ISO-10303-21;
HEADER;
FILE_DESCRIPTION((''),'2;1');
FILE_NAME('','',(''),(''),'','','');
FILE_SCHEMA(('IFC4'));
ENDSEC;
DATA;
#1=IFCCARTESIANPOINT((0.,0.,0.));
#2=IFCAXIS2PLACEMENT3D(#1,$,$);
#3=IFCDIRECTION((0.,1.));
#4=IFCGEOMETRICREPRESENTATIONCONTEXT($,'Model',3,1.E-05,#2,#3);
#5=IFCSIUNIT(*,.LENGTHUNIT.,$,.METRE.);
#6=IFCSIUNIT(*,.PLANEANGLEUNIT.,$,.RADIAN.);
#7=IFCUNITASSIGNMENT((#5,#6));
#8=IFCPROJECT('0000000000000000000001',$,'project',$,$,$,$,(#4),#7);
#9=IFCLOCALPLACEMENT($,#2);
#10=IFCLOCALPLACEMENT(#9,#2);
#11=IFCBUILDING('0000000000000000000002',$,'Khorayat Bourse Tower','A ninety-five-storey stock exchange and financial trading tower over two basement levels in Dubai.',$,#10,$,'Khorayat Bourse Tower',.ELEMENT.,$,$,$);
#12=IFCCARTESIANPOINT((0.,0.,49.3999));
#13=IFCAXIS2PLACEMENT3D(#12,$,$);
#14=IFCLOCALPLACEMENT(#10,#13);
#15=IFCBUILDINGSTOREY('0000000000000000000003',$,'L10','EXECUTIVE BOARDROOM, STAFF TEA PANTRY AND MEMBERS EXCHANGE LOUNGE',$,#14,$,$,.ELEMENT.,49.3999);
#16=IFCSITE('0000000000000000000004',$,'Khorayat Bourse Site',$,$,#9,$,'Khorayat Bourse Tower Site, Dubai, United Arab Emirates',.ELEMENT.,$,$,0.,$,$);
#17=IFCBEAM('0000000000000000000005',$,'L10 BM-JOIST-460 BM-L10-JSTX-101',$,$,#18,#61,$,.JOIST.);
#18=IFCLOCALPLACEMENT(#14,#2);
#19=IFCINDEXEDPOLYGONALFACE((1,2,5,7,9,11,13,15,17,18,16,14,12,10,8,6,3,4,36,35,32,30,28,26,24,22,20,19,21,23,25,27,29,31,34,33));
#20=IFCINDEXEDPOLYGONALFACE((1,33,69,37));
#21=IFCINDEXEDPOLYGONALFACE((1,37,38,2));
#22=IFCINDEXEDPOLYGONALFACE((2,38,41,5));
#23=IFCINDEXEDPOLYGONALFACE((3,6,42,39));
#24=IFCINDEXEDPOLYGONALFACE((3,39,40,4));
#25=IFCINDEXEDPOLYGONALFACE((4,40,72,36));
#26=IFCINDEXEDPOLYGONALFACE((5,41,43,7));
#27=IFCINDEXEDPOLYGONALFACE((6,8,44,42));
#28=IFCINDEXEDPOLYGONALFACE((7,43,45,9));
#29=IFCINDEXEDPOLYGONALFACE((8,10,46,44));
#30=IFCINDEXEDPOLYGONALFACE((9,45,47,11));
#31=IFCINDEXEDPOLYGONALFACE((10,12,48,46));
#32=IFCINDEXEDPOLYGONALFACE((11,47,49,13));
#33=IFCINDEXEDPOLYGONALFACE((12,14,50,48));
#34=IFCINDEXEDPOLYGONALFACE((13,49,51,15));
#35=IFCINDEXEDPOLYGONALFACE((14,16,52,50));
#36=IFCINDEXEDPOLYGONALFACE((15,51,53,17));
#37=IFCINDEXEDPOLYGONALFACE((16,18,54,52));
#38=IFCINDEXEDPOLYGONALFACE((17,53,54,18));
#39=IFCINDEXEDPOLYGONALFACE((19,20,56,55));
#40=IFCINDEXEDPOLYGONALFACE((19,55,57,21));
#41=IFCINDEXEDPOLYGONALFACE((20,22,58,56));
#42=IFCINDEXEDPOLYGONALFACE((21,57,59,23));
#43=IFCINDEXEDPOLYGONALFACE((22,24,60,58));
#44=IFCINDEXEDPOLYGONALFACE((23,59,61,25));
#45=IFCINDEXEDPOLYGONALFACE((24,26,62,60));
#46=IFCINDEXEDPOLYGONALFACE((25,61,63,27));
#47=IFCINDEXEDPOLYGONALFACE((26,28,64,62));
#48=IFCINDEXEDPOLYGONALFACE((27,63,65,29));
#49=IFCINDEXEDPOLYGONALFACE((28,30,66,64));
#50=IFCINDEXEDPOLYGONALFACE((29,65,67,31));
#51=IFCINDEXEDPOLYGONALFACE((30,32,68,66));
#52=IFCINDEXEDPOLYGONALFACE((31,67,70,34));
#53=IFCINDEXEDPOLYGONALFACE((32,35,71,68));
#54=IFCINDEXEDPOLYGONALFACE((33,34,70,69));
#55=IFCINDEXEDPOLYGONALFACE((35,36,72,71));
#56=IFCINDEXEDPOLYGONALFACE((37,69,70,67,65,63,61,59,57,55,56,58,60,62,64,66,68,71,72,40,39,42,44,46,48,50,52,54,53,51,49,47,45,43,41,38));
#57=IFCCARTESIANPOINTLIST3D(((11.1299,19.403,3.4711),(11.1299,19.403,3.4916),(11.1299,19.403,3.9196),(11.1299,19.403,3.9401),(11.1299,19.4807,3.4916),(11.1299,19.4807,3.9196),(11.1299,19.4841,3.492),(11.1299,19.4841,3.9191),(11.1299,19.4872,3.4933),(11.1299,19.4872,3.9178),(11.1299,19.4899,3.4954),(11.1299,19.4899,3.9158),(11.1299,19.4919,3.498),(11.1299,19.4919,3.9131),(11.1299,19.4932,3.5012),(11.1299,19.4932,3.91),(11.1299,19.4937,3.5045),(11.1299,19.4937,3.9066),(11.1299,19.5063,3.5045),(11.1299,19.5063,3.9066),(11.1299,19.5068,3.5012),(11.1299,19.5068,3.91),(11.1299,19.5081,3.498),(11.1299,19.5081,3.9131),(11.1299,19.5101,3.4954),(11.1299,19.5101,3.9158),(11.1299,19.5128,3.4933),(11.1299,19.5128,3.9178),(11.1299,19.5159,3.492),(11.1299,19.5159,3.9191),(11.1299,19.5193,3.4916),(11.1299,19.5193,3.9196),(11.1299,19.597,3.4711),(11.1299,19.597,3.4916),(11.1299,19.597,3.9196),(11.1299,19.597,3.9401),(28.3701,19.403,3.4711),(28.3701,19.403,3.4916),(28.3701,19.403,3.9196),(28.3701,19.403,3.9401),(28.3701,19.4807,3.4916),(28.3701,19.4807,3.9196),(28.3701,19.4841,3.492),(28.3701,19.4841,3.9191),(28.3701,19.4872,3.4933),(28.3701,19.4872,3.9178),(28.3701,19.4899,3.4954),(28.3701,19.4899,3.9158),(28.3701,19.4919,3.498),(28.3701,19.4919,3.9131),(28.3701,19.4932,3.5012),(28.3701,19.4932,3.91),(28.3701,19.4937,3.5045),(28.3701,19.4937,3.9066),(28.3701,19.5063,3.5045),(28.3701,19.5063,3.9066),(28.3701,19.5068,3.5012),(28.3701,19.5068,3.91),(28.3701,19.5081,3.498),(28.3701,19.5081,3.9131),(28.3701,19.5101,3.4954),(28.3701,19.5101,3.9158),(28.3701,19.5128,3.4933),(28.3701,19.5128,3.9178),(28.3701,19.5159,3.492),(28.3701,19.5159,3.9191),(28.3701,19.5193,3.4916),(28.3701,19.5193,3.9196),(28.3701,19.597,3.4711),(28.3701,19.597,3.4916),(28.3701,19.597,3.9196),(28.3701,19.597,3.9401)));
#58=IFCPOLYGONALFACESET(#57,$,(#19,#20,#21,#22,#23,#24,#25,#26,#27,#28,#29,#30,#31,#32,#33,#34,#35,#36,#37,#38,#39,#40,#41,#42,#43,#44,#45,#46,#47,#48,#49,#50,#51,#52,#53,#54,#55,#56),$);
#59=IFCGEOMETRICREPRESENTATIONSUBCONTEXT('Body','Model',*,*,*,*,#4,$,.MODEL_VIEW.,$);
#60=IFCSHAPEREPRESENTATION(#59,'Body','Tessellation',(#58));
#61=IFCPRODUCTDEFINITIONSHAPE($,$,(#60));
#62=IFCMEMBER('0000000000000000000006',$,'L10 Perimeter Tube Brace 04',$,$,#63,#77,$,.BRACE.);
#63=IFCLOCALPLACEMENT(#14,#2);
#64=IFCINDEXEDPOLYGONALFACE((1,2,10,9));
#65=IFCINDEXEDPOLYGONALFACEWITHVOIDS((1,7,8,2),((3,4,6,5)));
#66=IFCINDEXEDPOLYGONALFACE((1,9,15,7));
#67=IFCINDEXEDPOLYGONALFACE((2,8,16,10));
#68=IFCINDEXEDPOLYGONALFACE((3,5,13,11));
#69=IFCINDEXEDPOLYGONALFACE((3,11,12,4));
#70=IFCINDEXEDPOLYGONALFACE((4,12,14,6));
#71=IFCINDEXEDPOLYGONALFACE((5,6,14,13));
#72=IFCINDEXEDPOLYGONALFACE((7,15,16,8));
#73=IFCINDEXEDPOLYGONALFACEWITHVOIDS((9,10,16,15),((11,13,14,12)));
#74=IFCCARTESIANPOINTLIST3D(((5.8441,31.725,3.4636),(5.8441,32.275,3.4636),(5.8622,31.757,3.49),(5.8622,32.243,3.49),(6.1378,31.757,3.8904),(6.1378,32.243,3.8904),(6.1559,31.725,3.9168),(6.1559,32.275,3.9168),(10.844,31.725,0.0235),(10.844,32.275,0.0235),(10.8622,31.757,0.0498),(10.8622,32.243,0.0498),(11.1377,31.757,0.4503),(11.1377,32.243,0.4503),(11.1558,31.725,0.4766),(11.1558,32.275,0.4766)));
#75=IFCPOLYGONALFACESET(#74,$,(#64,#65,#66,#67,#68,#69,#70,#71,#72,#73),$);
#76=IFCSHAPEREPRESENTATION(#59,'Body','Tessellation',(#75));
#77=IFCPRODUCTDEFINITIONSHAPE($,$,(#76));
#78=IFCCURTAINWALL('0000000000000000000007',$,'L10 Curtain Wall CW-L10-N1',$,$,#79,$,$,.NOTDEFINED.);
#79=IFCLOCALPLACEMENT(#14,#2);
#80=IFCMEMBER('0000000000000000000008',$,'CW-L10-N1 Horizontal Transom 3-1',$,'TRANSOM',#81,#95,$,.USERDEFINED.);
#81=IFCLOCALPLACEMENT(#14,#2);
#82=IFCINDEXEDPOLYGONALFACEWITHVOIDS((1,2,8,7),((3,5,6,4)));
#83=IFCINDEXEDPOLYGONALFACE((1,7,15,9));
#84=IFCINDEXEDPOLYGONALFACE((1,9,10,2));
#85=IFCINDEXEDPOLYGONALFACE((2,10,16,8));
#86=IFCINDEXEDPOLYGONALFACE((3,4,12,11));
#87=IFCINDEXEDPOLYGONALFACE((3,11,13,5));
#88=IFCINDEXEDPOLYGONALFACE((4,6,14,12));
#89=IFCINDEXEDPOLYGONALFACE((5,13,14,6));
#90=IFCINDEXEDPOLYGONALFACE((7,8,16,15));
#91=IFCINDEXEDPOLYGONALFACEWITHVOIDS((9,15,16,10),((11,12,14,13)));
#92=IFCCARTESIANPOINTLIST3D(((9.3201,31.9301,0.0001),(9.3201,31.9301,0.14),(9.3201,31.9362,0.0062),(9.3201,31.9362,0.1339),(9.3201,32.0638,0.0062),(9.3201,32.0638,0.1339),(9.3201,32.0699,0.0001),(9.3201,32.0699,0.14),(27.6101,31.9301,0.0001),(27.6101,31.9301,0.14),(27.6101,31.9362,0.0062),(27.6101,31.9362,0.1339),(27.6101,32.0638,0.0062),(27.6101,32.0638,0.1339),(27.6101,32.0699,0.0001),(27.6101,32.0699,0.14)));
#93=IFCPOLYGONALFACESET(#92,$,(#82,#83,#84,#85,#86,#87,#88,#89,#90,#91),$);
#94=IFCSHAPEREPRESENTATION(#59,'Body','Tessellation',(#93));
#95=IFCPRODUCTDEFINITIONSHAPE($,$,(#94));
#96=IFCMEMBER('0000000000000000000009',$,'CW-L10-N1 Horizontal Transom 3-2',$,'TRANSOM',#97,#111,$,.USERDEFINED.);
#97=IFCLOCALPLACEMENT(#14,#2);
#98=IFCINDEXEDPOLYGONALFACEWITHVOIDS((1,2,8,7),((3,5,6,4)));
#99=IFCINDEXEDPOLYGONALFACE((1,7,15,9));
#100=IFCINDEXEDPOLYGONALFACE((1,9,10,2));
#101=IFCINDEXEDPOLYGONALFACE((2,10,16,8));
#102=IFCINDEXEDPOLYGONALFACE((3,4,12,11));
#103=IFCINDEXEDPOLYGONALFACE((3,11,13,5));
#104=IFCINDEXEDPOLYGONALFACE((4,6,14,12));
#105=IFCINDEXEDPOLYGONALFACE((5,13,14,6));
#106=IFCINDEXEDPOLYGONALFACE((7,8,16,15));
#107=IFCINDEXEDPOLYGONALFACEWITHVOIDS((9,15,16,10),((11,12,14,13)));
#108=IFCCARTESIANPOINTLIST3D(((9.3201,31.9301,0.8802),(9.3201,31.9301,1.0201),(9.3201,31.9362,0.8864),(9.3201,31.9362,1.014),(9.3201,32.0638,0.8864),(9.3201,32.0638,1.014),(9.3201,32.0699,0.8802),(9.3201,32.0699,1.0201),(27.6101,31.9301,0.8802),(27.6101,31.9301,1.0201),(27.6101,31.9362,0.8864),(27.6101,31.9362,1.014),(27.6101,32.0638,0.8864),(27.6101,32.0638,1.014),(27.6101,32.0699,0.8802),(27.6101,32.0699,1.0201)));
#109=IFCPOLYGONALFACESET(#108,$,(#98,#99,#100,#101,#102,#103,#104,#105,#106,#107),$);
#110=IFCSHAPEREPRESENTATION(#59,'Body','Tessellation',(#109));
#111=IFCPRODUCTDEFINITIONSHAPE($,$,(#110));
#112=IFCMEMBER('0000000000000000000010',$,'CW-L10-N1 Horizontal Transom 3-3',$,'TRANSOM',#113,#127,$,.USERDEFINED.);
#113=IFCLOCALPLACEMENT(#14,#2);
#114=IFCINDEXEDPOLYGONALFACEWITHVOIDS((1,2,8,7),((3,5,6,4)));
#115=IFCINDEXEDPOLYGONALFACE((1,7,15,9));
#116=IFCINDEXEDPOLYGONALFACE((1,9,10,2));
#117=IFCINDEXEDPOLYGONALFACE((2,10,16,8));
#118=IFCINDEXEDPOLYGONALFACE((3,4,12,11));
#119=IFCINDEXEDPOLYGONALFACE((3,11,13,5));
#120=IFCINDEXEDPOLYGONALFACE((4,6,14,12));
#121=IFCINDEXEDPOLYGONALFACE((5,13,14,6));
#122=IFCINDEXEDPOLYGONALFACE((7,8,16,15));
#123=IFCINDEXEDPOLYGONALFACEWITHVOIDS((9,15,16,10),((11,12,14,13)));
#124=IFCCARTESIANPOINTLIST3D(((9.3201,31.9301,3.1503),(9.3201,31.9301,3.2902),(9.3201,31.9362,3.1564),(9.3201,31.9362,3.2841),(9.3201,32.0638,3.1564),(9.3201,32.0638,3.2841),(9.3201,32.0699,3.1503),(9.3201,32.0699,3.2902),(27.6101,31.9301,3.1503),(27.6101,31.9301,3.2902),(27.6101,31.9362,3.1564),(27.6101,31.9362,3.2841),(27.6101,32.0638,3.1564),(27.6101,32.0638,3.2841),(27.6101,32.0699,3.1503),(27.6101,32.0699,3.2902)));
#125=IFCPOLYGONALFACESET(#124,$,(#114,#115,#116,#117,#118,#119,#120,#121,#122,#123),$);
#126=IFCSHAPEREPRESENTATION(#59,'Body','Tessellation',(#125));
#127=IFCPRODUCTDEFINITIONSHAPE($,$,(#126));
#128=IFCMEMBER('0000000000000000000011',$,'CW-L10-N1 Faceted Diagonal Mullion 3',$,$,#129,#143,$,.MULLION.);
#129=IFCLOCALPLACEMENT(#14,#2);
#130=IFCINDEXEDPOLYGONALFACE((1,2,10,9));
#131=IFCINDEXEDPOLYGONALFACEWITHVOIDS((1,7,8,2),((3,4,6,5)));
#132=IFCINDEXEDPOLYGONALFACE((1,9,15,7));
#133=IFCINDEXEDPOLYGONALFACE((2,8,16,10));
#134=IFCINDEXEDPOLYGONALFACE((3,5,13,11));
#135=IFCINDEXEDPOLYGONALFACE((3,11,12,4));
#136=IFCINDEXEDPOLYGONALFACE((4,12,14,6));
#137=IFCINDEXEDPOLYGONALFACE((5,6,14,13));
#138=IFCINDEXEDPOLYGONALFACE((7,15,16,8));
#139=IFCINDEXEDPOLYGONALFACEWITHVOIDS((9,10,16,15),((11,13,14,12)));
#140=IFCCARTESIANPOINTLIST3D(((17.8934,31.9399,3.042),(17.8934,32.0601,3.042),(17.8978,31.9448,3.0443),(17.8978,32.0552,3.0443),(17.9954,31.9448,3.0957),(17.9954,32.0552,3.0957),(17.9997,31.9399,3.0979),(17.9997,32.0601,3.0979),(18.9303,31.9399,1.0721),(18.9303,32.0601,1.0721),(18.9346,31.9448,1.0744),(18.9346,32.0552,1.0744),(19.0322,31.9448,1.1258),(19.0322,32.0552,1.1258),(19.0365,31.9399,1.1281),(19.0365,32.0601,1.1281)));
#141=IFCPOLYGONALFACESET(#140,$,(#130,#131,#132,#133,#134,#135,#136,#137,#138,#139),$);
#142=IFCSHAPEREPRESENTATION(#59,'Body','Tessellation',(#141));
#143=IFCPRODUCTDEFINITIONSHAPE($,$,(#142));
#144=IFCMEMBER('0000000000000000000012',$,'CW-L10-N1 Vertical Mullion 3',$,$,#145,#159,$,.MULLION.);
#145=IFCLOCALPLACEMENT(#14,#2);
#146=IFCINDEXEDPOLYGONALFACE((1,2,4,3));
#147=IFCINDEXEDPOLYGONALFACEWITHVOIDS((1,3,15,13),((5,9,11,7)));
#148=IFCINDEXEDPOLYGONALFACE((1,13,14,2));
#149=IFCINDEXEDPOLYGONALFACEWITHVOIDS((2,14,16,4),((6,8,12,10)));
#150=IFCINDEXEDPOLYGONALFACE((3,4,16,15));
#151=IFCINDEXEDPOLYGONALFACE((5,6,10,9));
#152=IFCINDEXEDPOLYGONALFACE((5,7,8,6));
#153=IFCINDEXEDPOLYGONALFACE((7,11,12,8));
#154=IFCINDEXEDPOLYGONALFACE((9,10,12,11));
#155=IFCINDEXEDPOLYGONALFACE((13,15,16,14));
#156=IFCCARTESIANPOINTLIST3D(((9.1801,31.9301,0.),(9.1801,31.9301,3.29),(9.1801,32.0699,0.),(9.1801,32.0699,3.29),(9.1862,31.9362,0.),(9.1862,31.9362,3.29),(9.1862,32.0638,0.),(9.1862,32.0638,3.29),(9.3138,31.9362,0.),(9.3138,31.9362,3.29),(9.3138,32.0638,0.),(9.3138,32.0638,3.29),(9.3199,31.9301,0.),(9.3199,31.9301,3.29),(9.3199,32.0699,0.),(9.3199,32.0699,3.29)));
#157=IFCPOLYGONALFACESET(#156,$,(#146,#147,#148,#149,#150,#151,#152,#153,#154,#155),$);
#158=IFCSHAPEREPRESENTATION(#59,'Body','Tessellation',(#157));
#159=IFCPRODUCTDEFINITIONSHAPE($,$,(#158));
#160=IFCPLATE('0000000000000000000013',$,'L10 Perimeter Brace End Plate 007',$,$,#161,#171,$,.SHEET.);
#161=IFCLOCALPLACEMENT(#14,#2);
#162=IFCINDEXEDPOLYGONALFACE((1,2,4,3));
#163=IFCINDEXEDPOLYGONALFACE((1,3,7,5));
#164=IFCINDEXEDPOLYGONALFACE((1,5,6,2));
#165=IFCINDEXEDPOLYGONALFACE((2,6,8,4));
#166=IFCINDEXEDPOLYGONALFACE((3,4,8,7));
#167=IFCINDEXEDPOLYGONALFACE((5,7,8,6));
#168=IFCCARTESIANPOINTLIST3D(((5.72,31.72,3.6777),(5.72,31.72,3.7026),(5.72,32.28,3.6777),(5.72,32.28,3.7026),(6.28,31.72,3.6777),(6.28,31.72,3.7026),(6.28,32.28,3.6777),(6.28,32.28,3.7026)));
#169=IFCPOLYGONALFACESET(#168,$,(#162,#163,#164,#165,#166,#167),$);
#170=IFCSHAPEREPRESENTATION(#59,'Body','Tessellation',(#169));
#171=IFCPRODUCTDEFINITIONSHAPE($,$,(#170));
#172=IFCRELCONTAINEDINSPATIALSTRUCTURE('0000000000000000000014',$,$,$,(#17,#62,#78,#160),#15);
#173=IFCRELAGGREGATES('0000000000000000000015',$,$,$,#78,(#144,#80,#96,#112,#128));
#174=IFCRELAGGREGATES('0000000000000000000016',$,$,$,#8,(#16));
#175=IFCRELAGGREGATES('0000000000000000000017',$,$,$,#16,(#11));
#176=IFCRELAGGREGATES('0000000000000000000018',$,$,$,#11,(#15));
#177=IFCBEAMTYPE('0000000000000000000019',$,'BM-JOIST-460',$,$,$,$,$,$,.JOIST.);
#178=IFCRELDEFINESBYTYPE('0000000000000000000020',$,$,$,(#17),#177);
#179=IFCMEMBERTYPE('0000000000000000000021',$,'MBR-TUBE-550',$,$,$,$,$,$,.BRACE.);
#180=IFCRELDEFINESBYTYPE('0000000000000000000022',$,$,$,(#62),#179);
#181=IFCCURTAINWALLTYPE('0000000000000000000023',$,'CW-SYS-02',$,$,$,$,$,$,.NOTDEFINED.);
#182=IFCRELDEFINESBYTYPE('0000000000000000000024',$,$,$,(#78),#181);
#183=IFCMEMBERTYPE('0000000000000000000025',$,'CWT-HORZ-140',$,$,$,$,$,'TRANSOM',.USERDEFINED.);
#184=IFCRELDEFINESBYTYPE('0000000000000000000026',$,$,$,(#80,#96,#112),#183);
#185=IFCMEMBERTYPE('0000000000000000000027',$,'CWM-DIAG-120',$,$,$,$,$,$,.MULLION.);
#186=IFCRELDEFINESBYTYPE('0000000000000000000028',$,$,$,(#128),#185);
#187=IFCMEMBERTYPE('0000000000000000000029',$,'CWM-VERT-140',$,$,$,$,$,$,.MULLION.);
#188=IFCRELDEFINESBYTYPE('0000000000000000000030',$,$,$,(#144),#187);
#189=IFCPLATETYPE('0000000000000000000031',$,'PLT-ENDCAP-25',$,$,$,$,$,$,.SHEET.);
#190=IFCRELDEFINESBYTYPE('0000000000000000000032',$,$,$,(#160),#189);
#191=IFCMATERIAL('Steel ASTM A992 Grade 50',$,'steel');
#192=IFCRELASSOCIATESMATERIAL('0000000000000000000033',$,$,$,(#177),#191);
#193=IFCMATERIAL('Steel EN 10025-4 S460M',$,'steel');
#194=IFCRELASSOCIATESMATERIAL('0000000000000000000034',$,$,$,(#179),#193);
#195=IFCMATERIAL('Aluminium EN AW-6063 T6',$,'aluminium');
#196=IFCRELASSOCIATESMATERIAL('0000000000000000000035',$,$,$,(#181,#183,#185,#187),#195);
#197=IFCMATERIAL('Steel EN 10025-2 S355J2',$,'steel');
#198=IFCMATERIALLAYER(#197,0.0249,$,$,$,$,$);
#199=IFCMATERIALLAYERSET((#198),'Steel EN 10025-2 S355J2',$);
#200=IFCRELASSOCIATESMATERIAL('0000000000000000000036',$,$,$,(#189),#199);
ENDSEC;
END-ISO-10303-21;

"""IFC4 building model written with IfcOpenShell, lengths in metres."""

from ifc_helpers import new_model, si_unit, direction, frame, origin, origin_2d, place, context, subcontext, project, spatial, rectangle, hollow_rectangle, i_section, extrude, source, transform, mapped, material, layer, layer_set, material_profile, profile_set, type_object, element, aggregate, save


model = new_model("IFC4")

# Units and contexts
model_context = context("Model", 3, precision=1e-05, world=origin(), true_north=direction((0.0, 1.0)))
body_context = subcontext(model_context, "Body", "Model", "MODEL_VIEW")
ifc_project = project(units=[si_unit("LENGTHUNIT", "METRE"), si_unit("PLANEANGLEUNIT", "RADIAN")], contexts=[model_context])

# Site, building, storey
site_placement = place(None, origin())
site = spatial("IfcSite", under=ifc_project, at=site_placement, Name="Khorayat Bourse Site", LongName="Khorayat Bourse Tower Site, Dubai, United Arab Emirates", CompositionType="ELEMENT", RefElevation=0.0)
building_placement = place(site_placement, origin())
building = spatial("IfcBuilding", under=site, at=building_placement, Name="Khorayat Bourse Tower", Description="A ninety-five-storey stock exchange and financial trading tower over two basement levels in Dubai.", LongName="Khorayat Bourse Tower", CompositionType="ELEMENT")
storey_placement = place(building_placement, frame((0.0, 0.0, 49.3999)))
storey = spatial("IfcBuildingStorey", under=building, at=storey_placement, Name="L10", Description="EXECUTIVE BOARDROOM, STAFF TEA PANTRY AND MEMBERS EXCHANGE LOUNGE", CompositionType="ELEMENT", Elevation=49.3999)

# Shared definitions
ifc_material_1 = material(Name="Steel EN 10025-4 S460M", Category="steel")

# Beam
ifc_material_2 = material(Name="Steel ASTM A992 Grade 50", Category="steel")
ifc_material_profile_1 = material_profile(ifc_material_2, i_section(OverallWidth=0.1941, OverallDepth=0.469, WebThickness=0.0127, FlangeThickness=0.0205, FilletRadius=0.0129, at=origin_2d()), Name="W460X106")
ifc_profile_set_1 = profile_set([ifc_material_profile_1], Name="Steel ASTM A992 Grade 50")
beam_type_1 = type_object("IfcBeamType", Name="BM-JOIST-460", PredefinedType="JOIST", material=ifc_profile_set_1)
shared_shape_1 = source(origin(), body_context, "Body", "SweptSolid", [
    extrude(i_section(OverallWidth=0.1941, OverallDepth=0.469, WebThickness=0.0127, FlangeThickness=0.0205, FilletRadius=0.0129, at=origin_2d()), origin(), (0.0, 0.0, 1.0), 17.2402),
])
beam_1_placement = place(storey_placement, frame((11.1299, 19.5, 3.7056), z_axis=(1.0, 0.0, 0.0), x_axis=(0.0, 1.0, 0.0)))
element("IfcBeam", 1, at=beam_1_placement, inside=storey, type_object=beam_type_1, Name="L10 BM-JOIST-460 BM-L10-JSTX-101", PredefinedType="JOIST", context=body_context, shape_type="MappedRepresentation", body=[
    mapped(shared_shape_1, transform((0.0, 0.0, 0.0), scale=1.0)),
])

# Member
ifc_material_profile_2 = material_profile(ifc_material_1, hollow_rectangle(XDim=0.55, YDim=0.55, WallThickness=0.032, at=origin_2d()), Name="HSS 550x550x32")
ifc_profile_set_2 = profile_set([ifc_material_profile_2], Name="Steel EN 10025-4 S460M")
member_type_1 = type_object("IfcMemberType", Name="MBR-TUBE-550", PredefinedType="BRACE", material=ifc_profile_set_2)
shared_shape_2 = source(origin(), body_context, "Body", "SweptSolid", [
    extrude(hollow_rectangle(XDim=0.55, YDim=0.55, WallThickness=0.032, at=origin_2d()), origin(), (0.0, 0.0, 1.0), 6.0691),
])
member_1_placement = place(storey_placement, frame((6.0, 32.0, 3.6902), z_axis=(0.823835, 0.0, -0.566829), x_axis=(0.0, 1.0, 0.0)))
element("IfcMember", 2, at=member_1_placement, inside=storey, type_object=member_type_1, Name="L10 Perimeter Tube Brace 04", PredefinedType="BRACE", context=body_context, shape_type="MappedRepresentation", body=[
    mapped(shared_shape_2, transform((0.0, 0.0, 0.0), scale=1.0)),
])

# Curtain wall, members
ifc_material_3 = material(Name="Aluminium EN AW-6063 T6", Category="aluminium")
curtain_wall_type = type_object("IfcCurtainWallType", Name="CW-SYS-02", PredefinedType="NOTDEFINED", material=ifc_material_3)
curtain_wall_placement = place(storey_placement, origin())
curtain_wall = element("IfcCurtainWall", 3, at=curtain_wall_placement, inside=storey, type_object=curtain_wall_type, Name="L10 Curtain Wall CW-L10-N1", PredefinedType="NOTDEFINED")
ifc_material_profile_3 = material_profile(ifc_material_3, hollow_rectangle(XDim=0.1399, YDim=0.1399, WallThickness=0.0061, at=origin_2d()), Name="ALU 140x140x6")
ifc_profile_set_3 = profile_set([ifc_material_profile_3], Name="Aluminium EN AW-6063 T6")
member_type_2 = type_object("IfcMemberType", Name="CWT-HORZ-140", ElementType="TRANSOM", PredefinedType="USERDEFINED", material=ifc_profile_set_3)
shared_shape_3 = source(origin(), body_context, "Body", "SweptSolid", [
    extrude(hollow_rectangle(XDim=0.1399, YDim=0.1399, WallThickness=0.0061, at=origin_2d()), origin(), (0.0, 0.0, 1.0), 18.29),
])
member_2_placement = place(storey_placement, frame((9.3201, 32.0, 0.0701), z_axis=(1.0, 0.0, 0.0), x_axis=(0.0, 1.0, 0.0)))
member_2 = element("IfcMember", 4, at=member_2_placement, type_object=member_type_2, Name="CW-L10-N1 Horizontal Transom 3-1", ObjectType="TRANSOM", PredefinedType="USERDEFINED", context=body_context, shape_type="MappedRepresentation", body=[
    mapped(shared_shape_3, transform((0.0, 0.0, 0.0), scale=1.0)),
])
member_3_placement = place(storey_placement, frame((9.3201, 32.0, 0.9502), z_axis=(1.0, 0.0, 0.0), x_axis=(0.0, 1.0, 0.0)))
member_3 = element("IfcMember", 5, at=member_3_placement, type_object=member_type_2, Name="CW-L10-N1 Horizontal Transom 3-2", ObjectType="TRANSOM", PredefinedType="USERDEFINED", context=body_context, shape_type="MappedRepresentation", body=[
    mapped(shared_shape_3, transform((0.0, 0.0, 0.0), scale=1.0)),
])
member_4_placement = place(storey_placement, frame((9.3201, 32.0, 3.2202), z_axis=(1.0, 0.0, 0.0), x_axis=(0.0, 1.0, 0.0)))
member_4 = element("IfcMember", 6, at=member_4_placement, type_object=member_type_2, Name="CW-L10-N1 Horizontal Transom 3-3", ObjectType="TRANSOM", PredefinedType="USERDEFINED", context=body_context, shape_type="MappedRepresentation", body=[
    mapped(shared_shape_3, transform((0.0, 0.0, 0.0), scale=1.0)),
])
ifc_material_profile_4 = material_profile(ifc_material_3, hollow_rectangle(XDim=0.1201, YDim=0.1201, WallThickness=0.0049, at=origin_2d()), Name="ALU 120x120x5")
ifc_profile_set_4 = profile_set([ifc_material_profile_4], Name="Aluminium EN AW-6063 T6")
member_type_3 = type_object("IfcMemberType", Name="CWM-DIAG-120", PredefinedType="MULLION", material=ifc_profile_set_4)
shared_shape_4 = source(origin(), body_context, "Body", "SweptSolid", [
    extrude(hollow_rectangle(XDim=0.1201, YDim=0.1201, WallThickness=0.0049, at=origin_2d()), origin(), (0.0, 0.0, 1.0), 2.2261),
])
member_5_placement = place(storey_placement, frame((18.9834, 32.0, 1.1001), z_axis=(-0.46576, 0.0, 0.884911), x_axis=(0.0, -1.0, 0.0)))
member_5 = element("IfcMember", 7, at=member_5_placement, type_object=member_type_3, Name="CW-L10-N1 Faceted Diagonal Mullion 3", PredefinedType="MULLION", context=body_context, shape_type="MappedRepresentation", body=[
    mapped(shared_shape_4, transform((0.0, 0.0, 0.0), scale=1.0)),
])
ifc_material_profile_5 = material_profile(ifc_material_3, hollow_rectangle(XDim=0.1399, YDim=0.1399, WallThickness=0.0061, at=origin_2d()), Name="ALU 140x140x6")
ifc_profile_set_5 = profile_set([ifc_material_profile_5], Name="Aluminium EN AW-6063 T6")
member_type_4 = type_object("IfcMemberType", Name="CWM-VERT-140", PredefinedType="MULLION", material=ifc_profile_set_5)
shared_shape_5 = source(origin(), body_context, "Body", "SweptSolid", [
    extrude(hollow_rectangle(XDim=0.1399, YDim=0.1399, WallThickness=0.0061, at=origin_2d()), origin(), (0.0, 0.0, 1.0), 3.29),
])
member_6_placement = place(storey_placement, frame((9.25, 32.0, 0.0), z_axis=(0.0, 0.0, 1.0), x_axis=(0.0, 1.0, 0.0)))
member_6 = element("IfcMember", 8, at=member_6_placement, type_object=member_type_4, Name="CW-L10-N1 Vertical Mullion 3", PredefinedType="MULLION", context=body_context, shape_type="MappedRepresentation", body=[
    mapped(shared_shape_5, transform((0.0, 0.0, 0.0), scale=1.0)),
])

# Plate
ifc_material_4 = material(Name="Steel EN 10025-2 S355J2", Category="steel")
ifc_layer_1 = layer(ifc_material_4, 0.0249)
ifc_layer_set_1 = layer_set([ifc_layer_1], Name="Steel EN 10025-2 S355J2")
plate_type_1 = type_object("IfcPlateType", Name="PLT-ENDCAP-25", PredefinedType="SHEET", material=ifc_layer_set_1)
shared_shape_6 = source(origin(), body_context, "Body", "SweptSolid", [
    extrude(rectangle(XDim=0.5601, YDim=0.5601, at=origin_2d()), origin(), (0.0, 0.0, 1.0), 0.0249),
])
for number, where, z_axis, x_axis, name in (
    (9, (6.0, 32.0, 3.6777), (0.0, 0.0, 1.0), (1.0, 0.0, 0.0), "L10 Perimeter Brace End Plate 007"),
):
    element("IfcPlate", number, at=place(storey_placement, frame(where, z_axis=z_axis, x_axis=x_axis)), inside=storey, type_object=plate_type_1, Name=name, PredefinedType="SHEET", context=body_context, shape_type="MappedRepresentation", body=[
        mapped(shared_shape_6, transform((0.0, 0.0, 0.0), scale=1.0)),
    ])

aggregate(curtain_wall, [member_6, member_2, member_3, member_4, member_5])

save(model, "model.ifc")
